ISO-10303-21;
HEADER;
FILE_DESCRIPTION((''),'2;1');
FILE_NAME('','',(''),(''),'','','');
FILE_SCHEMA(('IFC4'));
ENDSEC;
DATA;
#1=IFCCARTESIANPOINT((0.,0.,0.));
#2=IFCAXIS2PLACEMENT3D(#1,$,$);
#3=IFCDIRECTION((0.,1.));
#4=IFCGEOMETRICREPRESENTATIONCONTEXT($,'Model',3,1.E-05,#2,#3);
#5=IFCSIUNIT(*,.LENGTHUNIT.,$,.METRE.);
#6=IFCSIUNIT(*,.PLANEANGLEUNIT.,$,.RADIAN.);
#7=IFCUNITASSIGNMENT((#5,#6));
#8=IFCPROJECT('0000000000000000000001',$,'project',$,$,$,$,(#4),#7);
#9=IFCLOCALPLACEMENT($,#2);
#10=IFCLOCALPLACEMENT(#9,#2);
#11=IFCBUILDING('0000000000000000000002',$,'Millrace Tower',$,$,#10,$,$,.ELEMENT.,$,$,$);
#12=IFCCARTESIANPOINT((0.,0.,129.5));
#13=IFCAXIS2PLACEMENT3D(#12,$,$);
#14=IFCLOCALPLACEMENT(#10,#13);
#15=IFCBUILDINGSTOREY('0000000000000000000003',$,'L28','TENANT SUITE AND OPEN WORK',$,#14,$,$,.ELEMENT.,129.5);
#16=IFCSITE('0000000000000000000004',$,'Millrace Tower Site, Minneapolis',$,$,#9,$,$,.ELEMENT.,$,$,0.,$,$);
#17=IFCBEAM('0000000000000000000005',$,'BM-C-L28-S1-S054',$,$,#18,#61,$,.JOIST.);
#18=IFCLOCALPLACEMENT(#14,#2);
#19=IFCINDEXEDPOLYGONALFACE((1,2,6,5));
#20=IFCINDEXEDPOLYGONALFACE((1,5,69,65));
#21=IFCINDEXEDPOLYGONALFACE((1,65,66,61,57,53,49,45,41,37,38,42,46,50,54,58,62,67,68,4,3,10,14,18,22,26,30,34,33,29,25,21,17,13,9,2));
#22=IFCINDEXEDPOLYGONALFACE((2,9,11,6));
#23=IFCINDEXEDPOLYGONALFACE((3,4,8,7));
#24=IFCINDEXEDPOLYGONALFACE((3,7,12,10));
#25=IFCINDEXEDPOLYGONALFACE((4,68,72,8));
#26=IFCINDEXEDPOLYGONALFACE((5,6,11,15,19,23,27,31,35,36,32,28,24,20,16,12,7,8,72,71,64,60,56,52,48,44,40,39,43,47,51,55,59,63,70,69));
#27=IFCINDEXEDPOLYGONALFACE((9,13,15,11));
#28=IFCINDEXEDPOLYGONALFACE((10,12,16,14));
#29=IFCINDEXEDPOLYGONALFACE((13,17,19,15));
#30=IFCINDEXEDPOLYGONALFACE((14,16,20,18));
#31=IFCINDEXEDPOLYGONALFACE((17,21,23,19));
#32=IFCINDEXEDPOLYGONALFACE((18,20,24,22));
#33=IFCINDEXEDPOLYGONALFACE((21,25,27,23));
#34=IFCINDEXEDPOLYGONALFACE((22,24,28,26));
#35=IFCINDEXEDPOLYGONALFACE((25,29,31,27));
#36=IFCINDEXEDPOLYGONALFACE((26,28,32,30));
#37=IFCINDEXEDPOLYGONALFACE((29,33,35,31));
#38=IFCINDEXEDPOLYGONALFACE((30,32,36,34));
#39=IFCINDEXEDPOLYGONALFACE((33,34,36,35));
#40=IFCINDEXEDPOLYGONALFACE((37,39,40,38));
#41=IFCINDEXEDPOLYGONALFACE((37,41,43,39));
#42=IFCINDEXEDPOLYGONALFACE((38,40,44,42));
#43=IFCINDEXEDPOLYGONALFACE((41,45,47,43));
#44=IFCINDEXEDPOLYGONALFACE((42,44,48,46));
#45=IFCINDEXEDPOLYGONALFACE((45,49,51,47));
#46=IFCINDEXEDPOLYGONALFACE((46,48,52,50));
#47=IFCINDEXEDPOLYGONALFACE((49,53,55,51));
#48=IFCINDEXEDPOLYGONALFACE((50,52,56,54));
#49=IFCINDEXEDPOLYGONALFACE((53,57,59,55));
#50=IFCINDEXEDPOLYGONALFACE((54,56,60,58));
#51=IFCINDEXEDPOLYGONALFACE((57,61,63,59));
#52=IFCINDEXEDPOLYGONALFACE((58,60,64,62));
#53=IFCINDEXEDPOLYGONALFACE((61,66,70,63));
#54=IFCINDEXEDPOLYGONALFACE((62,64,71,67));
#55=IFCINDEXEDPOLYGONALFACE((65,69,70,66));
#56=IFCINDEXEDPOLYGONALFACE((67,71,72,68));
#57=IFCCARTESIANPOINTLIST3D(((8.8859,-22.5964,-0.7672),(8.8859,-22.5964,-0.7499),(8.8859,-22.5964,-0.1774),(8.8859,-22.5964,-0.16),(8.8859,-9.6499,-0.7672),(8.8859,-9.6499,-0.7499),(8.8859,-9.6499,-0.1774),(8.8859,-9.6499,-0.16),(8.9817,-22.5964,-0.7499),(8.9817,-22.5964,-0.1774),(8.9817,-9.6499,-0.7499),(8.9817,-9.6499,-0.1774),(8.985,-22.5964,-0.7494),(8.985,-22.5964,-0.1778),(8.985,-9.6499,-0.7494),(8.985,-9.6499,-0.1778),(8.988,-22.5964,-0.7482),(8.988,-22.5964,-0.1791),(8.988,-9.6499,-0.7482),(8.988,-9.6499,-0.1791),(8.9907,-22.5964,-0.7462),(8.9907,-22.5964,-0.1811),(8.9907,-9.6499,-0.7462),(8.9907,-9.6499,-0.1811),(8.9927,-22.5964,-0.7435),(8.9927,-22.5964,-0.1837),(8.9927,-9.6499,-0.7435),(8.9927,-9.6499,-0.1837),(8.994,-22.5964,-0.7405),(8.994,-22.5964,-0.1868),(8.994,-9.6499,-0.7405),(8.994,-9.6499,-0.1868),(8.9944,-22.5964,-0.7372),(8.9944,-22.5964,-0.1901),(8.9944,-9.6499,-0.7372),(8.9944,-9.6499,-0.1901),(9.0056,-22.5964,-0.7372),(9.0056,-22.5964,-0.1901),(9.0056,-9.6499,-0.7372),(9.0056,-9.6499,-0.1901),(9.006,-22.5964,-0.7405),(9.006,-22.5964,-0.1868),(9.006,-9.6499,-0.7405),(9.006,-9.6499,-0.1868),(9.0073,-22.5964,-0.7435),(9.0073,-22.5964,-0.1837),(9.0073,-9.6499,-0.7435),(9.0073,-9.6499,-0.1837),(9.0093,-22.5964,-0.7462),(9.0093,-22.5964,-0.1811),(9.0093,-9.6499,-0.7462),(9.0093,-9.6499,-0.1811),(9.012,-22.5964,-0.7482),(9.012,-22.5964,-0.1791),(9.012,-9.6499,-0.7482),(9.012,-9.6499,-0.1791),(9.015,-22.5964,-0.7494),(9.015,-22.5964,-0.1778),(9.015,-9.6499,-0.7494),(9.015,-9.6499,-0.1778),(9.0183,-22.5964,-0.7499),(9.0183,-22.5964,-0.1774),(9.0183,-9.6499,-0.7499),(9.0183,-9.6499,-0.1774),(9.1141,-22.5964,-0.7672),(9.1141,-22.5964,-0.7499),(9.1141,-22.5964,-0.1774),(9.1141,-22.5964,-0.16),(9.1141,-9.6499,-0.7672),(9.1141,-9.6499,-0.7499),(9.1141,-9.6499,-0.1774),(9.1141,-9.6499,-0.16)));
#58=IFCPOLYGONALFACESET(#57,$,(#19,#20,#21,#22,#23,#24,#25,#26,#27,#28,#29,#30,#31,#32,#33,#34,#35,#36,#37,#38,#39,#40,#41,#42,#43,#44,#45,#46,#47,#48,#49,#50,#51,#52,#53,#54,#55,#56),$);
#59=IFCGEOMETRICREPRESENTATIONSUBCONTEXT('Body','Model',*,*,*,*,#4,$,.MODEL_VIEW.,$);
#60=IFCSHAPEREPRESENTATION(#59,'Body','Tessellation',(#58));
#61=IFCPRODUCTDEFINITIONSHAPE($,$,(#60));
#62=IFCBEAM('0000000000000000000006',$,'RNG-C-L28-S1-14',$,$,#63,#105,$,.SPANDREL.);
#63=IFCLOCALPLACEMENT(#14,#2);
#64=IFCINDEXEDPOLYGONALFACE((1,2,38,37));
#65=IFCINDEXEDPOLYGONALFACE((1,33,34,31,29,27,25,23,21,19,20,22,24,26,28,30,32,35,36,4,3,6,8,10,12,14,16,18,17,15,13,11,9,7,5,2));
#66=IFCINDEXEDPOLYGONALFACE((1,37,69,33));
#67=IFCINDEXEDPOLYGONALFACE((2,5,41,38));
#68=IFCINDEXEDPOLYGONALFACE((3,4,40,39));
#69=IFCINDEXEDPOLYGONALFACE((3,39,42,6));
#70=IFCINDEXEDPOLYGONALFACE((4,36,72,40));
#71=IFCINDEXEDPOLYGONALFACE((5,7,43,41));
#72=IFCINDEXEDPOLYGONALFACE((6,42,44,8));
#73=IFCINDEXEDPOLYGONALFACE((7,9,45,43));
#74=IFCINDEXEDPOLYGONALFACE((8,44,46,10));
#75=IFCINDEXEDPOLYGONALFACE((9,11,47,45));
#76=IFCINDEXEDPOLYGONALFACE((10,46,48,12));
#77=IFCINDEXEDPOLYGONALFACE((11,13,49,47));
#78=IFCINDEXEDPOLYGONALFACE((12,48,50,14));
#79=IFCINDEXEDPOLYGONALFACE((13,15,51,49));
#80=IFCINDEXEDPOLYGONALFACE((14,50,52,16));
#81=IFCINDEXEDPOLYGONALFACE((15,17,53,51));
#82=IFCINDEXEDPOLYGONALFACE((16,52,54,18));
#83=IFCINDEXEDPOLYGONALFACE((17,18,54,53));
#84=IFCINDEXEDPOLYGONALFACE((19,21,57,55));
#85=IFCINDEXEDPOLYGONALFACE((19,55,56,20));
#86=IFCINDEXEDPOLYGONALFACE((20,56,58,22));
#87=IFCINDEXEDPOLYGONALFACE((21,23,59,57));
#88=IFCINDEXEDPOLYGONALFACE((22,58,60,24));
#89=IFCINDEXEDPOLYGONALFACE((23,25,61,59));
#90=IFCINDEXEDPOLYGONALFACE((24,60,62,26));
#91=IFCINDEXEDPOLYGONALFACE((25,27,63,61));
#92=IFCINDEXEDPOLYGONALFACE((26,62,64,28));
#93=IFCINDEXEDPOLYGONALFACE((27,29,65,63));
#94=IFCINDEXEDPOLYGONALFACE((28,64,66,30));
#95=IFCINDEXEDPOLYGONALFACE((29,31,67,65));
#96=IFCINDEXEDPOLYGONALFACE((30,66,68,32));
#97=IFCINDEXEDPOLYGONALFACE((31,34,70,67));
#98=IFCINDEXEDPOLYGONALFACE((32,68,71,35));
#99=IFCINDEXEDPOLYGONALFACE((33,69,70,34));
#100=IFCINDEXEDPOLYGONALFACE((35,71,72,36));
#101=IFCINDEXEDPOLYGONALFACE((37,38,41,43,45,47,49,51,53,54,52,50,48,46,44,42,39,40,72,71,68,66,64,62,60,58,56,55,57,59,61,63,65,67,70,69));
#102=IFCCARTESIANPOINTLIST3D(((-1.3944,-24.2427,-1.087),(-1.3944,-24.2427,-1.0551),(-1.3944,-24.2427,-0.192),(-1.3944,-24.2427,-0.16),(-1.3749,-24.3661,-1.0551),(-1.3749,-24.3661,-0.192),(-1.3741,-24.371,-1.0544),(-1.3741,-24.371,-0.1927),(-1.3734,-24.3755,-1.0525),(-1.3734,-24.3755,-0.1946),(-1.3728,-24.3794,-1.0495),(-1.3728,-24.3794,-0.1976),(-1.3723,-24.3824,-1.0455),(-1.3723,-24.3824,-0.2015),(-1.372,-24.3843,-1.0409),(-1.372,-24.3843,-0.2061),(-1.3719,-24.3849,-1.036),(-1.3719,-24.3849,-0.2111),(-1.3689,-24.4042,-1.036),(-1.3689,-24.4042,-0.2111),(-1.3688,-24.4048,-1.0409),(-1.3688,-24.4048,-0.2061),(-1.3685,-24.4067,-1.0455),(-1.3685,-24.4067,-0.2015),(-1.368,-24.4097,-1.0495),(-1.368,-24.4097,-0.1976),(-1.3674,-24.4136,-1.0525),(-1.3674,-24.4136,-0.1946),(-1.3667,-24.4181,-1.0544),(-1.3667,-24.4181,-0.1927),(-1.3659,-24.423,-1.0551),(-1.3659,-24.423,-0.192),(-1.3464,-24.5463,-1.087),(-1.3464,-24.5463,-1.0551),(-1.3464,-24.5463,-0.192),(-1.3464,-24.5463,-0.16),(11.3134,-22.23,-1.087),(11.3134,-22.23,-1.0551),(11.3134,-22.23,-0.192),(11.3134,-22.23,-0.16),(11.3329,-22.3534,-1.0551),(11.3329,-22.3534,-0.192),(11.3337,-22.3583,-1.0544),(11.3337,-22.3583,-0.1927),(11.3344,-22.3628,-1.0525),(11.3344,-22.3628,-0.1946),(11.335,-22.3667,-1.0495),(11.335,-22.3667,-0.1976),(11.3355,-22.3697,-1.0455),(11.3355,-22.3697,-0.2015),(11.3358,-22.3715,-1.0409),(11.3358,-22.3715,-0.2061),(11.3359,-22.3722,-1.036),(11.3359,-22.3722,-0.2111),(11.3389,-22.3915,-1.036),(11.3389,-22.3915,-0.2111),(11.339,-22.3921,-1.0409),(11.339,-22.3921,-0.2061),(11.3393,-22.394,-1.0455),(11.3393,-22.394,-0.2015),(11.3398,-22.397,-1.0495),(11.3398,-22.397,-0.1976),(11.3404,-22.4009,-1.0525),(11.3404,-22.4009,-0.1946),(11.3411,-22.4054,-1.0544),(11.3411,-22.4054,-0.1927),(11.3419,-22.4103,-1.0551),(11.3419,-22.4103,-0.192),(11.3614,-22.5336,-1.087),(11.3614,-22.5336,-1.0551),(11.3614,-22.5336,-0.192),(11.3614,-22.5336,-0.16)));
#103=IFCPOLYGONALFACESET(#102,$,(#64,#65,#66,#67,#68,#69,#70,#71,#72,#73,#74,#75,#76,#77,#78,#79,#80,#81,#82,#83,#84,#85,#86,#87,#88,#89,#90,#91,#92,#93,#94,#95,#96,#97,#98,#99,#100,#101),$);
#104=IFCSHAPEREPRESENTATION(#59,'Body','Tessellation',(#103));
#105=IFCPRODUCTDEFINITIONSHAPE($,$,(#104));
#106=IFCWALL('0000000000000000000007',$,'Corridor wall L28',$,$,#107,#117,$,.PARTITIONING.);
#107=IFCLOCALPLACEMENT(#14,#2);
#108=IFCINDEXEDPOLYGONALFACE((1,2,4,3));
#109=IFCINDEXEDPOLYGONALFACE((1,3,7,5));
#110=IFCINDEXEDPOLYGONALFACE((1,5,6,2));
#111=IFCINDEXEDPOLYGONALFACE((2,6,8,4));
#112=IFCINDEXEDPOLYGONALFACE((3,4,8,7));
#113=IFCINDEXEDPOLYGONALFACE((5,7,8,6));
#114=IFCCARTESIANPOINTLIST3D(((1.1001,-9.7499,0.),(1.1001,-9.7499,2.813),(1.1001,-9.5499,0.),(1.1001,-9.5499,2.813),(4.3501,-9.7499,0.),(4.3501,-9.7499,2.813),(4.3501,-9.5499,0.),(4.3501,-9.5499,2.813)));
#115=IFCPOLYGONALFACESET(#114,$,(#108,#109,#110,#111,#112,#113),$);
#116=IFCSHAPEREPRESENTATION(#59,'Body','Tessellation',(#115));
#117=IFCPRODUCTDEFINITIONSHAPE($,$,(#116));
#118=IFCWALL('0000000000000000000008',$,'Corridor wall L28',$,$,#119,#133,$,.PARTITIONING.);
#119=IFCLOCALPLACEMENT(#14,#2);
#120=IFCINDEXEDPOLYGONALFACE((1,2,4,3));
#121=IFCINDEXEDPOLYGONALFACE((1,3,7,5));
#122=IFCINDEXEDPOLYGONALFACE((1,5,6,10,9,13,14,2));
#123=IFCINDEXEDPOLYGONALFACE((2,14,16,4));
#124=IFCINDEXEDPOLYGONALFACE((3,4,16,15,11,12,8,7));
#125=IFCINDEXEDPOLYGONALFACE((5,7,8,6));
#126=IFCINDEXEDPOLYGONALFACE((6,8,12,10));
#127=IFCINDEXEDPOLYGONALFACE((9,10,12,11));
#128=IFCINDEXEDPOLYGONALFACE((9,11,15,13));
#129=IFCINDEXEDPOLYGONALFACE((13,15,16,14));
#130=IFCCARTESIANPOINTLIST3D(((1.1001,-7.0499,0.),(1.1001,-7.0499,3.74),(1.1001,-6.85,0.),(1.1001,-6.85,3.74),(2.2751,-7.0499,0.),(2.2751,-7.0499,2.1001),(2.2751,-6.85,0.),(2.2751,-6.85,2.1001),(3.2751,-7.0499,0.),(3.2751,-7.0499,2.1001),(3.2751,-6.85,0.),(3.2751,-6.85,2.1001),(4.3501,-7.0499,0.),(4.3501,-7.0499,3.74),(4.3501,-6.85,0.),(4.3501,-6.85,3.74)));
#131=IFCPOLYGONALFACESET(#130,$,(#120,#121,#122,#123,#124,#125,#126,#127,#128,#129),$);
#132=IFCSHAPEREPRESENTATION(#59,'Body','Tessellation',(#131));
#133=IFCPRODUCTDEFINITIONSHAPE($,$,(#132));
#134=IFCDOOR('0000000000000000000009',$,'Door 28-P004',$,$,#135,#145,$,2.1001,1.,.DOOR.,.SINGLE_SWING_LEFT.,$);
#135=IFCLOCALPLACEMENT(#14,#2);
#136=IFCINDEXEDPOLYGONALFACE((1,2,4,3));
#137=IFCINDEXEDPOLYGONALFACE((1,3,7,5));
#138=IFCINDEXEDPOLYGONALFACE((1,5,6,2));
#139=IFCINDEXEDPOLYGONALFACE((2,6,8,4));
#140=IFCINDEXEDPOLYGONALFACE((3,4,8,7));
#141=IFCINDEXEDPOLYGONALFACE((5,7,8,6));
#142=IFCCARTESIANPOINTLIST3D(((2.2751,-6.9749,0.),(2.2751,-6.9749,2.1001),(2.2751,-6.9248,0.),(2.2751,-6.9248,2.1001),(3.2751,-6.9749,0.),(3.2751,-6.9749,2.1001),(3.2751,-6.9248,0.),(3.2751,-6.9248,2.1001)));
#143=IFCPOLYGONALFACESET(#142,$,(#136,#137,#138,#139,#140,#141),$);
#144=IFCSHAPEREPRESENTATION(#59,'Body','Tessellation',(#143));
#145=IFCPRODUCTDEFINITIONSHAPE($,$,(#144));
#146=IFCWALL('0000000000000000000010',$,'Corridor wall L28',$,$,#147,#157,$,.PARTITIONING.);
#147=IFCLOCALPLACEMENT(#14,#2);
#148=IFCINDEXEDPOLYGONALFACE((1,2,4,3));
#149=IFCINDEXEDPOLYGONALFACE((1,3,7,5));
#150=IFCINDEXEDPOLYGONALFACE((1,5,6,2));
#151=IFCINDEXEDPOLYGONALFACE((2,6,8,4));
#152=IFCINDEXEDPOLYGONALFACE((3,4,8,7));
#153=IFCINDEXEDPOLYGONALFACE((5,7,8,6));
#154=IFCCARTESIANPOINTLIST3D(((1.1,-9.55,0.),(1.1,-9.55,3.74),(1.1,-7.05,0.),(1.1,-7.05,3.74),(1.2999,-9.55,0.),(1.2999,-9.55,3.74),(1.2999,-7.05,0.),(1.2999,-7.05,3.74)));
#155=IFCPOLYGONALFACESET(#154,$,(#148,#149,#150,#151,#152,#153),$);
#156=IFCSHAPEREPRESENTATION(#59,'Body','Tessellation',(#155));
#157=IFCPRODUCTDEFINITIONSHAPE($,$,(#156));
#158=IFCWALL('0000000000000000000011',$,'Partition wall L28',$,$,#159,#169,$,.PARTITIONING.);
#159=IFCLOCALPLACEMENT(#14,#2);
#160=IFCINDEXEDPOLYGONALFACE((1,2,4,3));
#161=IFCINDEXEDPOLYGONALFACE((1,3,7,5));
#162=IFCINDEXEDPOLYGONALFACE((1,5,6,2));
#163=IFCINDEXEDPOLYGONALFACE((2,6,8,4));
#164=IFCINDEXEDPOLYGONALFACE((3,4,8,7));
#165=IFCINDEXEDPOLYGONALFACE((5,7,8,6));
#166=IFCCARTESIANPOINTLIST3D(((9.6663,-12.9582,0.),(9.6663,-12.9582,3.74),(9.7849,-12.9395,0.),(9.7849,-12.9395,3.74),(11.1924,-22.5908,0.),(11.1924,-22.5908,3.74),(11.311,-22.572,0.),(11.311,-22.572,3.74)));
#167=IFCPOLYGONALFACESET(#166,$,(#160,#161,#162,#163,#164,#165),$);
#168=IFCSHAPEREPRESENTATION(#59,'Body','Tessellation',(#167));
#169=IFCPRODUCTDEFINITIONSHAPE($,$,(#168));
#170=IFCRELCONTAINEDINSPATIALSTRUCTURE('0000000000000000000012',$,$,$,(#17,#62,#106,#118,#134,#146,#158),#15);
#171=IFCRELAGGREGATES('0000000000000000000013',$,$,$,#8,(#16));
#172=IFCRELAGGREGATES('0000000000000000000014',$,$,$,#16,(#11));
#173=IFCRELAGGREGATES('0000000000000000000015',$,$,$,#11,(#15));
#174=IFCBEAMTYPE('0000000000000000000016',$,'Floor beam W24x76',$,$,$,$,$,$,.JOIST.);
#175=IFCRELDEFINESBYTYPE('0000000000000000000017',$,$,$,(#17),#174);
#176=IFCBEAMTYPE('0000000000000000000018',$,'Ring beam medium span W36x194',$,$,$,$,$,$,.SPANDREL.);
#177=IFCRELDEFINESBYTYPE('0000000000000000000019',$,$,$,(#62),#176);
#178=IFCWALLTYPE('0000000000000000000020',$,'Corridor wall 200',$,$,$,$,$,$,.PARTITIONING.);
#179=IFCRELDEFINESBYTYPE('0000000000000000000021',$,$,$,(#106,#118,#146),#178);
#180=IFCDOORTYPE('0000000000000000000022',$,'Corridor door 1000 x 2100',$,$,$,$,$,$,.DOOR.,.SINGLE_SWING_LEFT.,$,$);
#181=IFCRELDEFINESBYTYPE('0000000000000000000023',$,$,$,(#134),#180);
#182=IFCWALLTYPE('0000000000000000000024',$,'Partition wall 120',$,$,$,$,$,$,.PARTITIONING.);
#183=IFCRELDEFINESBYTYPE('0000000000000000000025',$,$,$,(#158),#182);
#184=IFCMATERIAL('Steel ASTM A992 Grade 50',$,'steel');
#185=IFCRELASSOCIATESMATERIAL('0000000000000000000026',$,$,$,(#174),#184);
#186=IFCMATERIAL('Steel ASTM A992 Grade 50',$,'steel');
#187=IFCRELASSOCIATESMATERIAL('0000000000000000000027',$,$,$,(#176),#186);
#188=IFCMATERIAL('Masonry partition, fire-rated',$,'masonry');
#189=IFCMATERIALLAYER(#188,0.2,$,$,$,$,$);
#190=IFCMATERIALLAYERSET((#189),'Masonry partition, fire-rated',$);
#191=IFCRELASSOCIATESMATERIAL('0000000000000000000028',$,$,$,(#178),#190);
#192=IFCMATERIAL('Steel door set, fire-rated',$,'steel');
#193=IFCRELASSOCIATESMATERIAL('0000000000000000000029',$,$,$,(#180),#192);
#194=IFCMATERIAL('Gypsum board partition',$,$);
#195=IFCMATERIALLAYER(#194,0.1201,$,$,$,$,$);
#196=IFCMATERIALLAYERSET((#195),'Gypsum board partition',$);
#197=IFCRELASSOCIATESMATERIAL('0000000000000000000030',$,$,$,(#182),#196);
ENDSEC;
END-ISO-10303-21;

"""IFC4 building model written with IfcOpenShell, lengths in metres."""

from ifc_helpers import new_model, si_unit, direction, frame, frame_2d, origin, origin_2d, place, context, subcontext, project, spatial, rectangle, i_section, extrude, material, layer, layer_set, material_profile, profile_set, type_object, element, fill, save


model = new_model("IFC4")

# Units and contexts
model_context = context("Model", 3, precision=1e-05, world=origin(), true_north=direction((0.0, 1.0)))
body_context = subcontext(model_context, "Body", "Model", "MODEL_VIEW")
ifc_project = project(units=[si_unit("LENGTHUNIT", "METRE"), si_unit("PLANEANGLEUNIT", "RADIAN")], contexts=[model_context])

# Site, building, storey
site_placement = place(None, origin())
site = spatial("IfcSite", under=ifc_project, at=site_placement, Name="Millrace Tower Site, Minneapolis", CompositionType="ELEMENT", RefElevation=0.0)
building_placement = place(site_placement, origin())
building = spatial("IfcBuilding", under=site, at=building_placement, Name="Millrace Tower", CompositionType="ELEMENT")
storey_placement = place(building_placement, frame((0.0, 0.0, 129.5)))
storey = spatial("IfcBuildingStorey", under=building, at=storey_placement, Name="L28", Description="TENANT SUITE AND OPEN WORK", CompositionType="ELEMENT", Elevation=129.5)

# Beams
ifc_material_1 = material(Name="Steel ASTM A992 Grade 50", Category="steel")
ifc_material_profile_1 = material_profile(ifc_material_1, i_section(OverallWidth=0.2283, OverallDepth=0.6072, WebThickness=0.0112, FlangeThickness=0.0173, FilletRadius=0.0127, at=origin_2d()))
ifc_profile_set_1 = profile_set([ifc_material_profile_1], Name="Steel ASTM A992 Grade 50")
beam_type_1 = type_object("IfcBeamType", Name="Floor beam W24x76", PredefinedType="JOIST", material=ifc_profile_set_1)
beam_1_placement = place(storey_placement, frame((9.0, -22.5964, -0.4636), z_axis=(0.0, 1.0, 0.0), x_axis=(-1.0, 0.0, 0.0)))
element("IfcBeam", 1, at=beam_1_placement, inside=storey, type_object=beam_type_1, Name="BM-C-L28-S1-S054", PredefinedType="JOIST", context=body_context, shape_type="SweptSolid", body=[
    extrude(i_section(OverallWidth=0.2283, OverallDepth=0.6072, WebThickness=0.0112, FlangeThickness=0.0173, FilletRadius=0.0127, at=origin_2d()), origin(), (0.0, 0.0, 1.0), 12.9465),
])
ifc_material_2 = material(Name="Steel ASTM A992 Grade 50", Category="steel")
ifc_material_profile_2 = material_profile(ifc_material_2, i_section(OverallWidth=0.3074, OverallDepth=0.927, WebThickness=0.0195, FlangeThickness=0.032, FilletRadius=0.019, at=origin_2d()))
ifc_profile_set_2 = profile_set([ifc_material_profile_2], Name="Steel ASTM A992 Grade 50")
beam_type_2 = type_object("IfcBeamType", Name="Ring beam medium span W36x194", PredefinedType="SPANDREL", material=ifc_profile_set_2)
beam_2_placement = place(storey_placement, frame((11.3374, -22.3818, -0.6235), z_axis=(-0.987689, -0.156433, 0.0), x_axis=(0.156433, -0.987689, 0.0)))
element("IfcBeam", 2, at=beam_2_placement, inside=storey, type_object=beam_type_2, Name="RNG-C-L28-S1-14", PredefinedType="SPANDREL", context=body_context, shape_type="SweptSolid", body=[
    extrude(i_section(OverallWidth=0.3074, OverallDepth=0.927, WebThickness=0.0195, FlangeThickness=0.032, FilletRadius=0.019, at=origin_2d()), origin(), (0.0, 0.0, 1.0), 12.8662),
])

# Wall
ifc_material_3 = material(Name="Masonry partition, fire-rated", Category="masonry")
ifc_layer_1 = layer(ifc_material_3, 0.2)
ifc_layer_set_1 = layer_set([ifc_layer_1], Name="Masonry partition, fire-rated")
wall_type_1 = type_object("IfcWallType", Name="Corridor wall 200", PredefinedType="PARTITIONING", material=ifc_layer_set_1)
wall_1_placement = place(storey_placement, frame((1.1001, -9.6499, 0.0), z_axis=(0.0, 0.0, 1.0), x_axis=(1.0, 0.0, 0.0)))
element("IfcWall", 3, at=wall_1_placement, inside=storey, type_object=wall_type_1, Name="Corridor wall L28", PredefinedType="PARTITIONING", context=body_context, shape_type="SweptSolid", body=[
    extrude(rectangle(XDim=3.25, YDim=0.2, at=frame_2d((1.625, 0.0))), origin(), (0.0, 0.0, 1.0), 2.813),
])

# Wall, opening, door
wall_2_placement = place(storey_placement, frame((1.1001, -6.95, 0.0), z_axis=(0.0, 0.0, 1.0), x_axis=(1.0, 0.0, 0.0)))
wall_2 = element("IfcWall", 4, at=wall_2_placement, inside=storey, type_object=wall_type_1, Name="Corridor wall L28", PredefinedType="PARTITIONING", context=body_context, shape_type="SweptSolid", body=[
    extrude(rectangle(XDim=3.25, YDim=0.2, at=frame_2d((1.625, 0.0))), origin(), (0.0, 0.0, 1.0), 3.74),
])
opening_placement = place(wall_2_placement, frame((1.175, 0.0, 0.0)))
opening = element("IfcOpeningElement", 5, at=opening_placement, cuts=wall_2, PredefinedType="OPENING", context=body_context, shape_type="SweptSolid", body=[
    extrude(rectangle(XDim=1.0, YDim=2.1001, at=frame_2d((0.5, 1.05))), frame((0.0, 0.1099, 0.0), z_axis=(0.0, -1.0, 0.0), x_axis=(1.0, 0.0, 0.0)), (0.0, 0.0, 1.0), 0.22),
])
ifc_material_4 = material(Name="Steel door set, fire-rated", Category="steel")
door_type = type_object("IfcDoorType", Name="Corridor door 1000 x 2100", OperationType="SINGLE_SWING_LEFT", PredefinedType="DOOR", material=ifc_material_4)
door_placement = place(opening_placement, frame((1.0, 0.0, 0.0), z_axis=(0.0, 0.0, 1.0), x_axis=(-1.0, 0.0, 0.0)))
door = element("IfcDoor", 6, at=door_placement, inside=storey, type_object=door_type, Name="Door 28-P004", OperationType="SINGLE_SWING_LEFT", OverallHeight=2.1001, OverallWidth=1.0, PredefinedType="DOOR", context=body_context, shape_type="SweptSolid", body=[
    extrude(rectangle(XDim=1.0, YDim=2.1001, at=frame_2d((0.5, 1.05))), frame((0.0, 0.0249, 0.0), z_axis=(0.0, -1.0, 0.0), x_axis=(1.0, 0.0, 0.0)), (0.0, 0.0, 1.0), 0.05),
])
fill(opening, door)

# Walls
wall_3_placement = place(storey_placement, frame((1.2, -9.55, 0.0), z_axis=(0.0, 0.0, 1.0), x_axis=(0.0, 1.0, 0.0)))
element("IfcWall", 7, at=wall_3_placement, inside=storey, type_object=wall_type_1, Name="Corridor wall L28", PredefinedType="PARTITIONING", context=body_context, shape_type="SweptSolid", body=[
    extrude(rectangle(XDim=2.5, YDim=0.2, at=frame_2d((1.25, 0.0))), origin(), (0.0, 0.0, 1.0), 3.74),
])
ifc_material_5 = material(Name="Gypsum board partition")
ifc_layer_2 = layer(ifc_material_5, 0.1201)
ifc_layer_set_2 = layer_set([ifc_layer_2], Name="Gypsum board partition")
wall_type_2 = type_object("IfcWallType", Name="Partition wall 120", PredefinedType="PARTITIONING", material=ifc_layer_set_2)
wall_4_placement = place(storey_placement, frame((9.7256, -12.9487, 0.0), z_axis=(0.0, 0.0, 1.0), x_axis=(0.156482, -0.987681, 0.0)))
element("IfcWall", 8, at=wall_4_placement, inside=storey, type_object=wall_type_2, Name="Partition wall L28", PredefinedType="PARTITIONING", context=body_context, shape_type="SweptSolid", body=[
    extrude(rectangle(XDim=9.7527, YDim=0.1201, at=frame_2d((4.8765, 0.0))), origin(), (0.0, 0.0, 1.0), 3.74),
])

save(model, "model.ifc")
